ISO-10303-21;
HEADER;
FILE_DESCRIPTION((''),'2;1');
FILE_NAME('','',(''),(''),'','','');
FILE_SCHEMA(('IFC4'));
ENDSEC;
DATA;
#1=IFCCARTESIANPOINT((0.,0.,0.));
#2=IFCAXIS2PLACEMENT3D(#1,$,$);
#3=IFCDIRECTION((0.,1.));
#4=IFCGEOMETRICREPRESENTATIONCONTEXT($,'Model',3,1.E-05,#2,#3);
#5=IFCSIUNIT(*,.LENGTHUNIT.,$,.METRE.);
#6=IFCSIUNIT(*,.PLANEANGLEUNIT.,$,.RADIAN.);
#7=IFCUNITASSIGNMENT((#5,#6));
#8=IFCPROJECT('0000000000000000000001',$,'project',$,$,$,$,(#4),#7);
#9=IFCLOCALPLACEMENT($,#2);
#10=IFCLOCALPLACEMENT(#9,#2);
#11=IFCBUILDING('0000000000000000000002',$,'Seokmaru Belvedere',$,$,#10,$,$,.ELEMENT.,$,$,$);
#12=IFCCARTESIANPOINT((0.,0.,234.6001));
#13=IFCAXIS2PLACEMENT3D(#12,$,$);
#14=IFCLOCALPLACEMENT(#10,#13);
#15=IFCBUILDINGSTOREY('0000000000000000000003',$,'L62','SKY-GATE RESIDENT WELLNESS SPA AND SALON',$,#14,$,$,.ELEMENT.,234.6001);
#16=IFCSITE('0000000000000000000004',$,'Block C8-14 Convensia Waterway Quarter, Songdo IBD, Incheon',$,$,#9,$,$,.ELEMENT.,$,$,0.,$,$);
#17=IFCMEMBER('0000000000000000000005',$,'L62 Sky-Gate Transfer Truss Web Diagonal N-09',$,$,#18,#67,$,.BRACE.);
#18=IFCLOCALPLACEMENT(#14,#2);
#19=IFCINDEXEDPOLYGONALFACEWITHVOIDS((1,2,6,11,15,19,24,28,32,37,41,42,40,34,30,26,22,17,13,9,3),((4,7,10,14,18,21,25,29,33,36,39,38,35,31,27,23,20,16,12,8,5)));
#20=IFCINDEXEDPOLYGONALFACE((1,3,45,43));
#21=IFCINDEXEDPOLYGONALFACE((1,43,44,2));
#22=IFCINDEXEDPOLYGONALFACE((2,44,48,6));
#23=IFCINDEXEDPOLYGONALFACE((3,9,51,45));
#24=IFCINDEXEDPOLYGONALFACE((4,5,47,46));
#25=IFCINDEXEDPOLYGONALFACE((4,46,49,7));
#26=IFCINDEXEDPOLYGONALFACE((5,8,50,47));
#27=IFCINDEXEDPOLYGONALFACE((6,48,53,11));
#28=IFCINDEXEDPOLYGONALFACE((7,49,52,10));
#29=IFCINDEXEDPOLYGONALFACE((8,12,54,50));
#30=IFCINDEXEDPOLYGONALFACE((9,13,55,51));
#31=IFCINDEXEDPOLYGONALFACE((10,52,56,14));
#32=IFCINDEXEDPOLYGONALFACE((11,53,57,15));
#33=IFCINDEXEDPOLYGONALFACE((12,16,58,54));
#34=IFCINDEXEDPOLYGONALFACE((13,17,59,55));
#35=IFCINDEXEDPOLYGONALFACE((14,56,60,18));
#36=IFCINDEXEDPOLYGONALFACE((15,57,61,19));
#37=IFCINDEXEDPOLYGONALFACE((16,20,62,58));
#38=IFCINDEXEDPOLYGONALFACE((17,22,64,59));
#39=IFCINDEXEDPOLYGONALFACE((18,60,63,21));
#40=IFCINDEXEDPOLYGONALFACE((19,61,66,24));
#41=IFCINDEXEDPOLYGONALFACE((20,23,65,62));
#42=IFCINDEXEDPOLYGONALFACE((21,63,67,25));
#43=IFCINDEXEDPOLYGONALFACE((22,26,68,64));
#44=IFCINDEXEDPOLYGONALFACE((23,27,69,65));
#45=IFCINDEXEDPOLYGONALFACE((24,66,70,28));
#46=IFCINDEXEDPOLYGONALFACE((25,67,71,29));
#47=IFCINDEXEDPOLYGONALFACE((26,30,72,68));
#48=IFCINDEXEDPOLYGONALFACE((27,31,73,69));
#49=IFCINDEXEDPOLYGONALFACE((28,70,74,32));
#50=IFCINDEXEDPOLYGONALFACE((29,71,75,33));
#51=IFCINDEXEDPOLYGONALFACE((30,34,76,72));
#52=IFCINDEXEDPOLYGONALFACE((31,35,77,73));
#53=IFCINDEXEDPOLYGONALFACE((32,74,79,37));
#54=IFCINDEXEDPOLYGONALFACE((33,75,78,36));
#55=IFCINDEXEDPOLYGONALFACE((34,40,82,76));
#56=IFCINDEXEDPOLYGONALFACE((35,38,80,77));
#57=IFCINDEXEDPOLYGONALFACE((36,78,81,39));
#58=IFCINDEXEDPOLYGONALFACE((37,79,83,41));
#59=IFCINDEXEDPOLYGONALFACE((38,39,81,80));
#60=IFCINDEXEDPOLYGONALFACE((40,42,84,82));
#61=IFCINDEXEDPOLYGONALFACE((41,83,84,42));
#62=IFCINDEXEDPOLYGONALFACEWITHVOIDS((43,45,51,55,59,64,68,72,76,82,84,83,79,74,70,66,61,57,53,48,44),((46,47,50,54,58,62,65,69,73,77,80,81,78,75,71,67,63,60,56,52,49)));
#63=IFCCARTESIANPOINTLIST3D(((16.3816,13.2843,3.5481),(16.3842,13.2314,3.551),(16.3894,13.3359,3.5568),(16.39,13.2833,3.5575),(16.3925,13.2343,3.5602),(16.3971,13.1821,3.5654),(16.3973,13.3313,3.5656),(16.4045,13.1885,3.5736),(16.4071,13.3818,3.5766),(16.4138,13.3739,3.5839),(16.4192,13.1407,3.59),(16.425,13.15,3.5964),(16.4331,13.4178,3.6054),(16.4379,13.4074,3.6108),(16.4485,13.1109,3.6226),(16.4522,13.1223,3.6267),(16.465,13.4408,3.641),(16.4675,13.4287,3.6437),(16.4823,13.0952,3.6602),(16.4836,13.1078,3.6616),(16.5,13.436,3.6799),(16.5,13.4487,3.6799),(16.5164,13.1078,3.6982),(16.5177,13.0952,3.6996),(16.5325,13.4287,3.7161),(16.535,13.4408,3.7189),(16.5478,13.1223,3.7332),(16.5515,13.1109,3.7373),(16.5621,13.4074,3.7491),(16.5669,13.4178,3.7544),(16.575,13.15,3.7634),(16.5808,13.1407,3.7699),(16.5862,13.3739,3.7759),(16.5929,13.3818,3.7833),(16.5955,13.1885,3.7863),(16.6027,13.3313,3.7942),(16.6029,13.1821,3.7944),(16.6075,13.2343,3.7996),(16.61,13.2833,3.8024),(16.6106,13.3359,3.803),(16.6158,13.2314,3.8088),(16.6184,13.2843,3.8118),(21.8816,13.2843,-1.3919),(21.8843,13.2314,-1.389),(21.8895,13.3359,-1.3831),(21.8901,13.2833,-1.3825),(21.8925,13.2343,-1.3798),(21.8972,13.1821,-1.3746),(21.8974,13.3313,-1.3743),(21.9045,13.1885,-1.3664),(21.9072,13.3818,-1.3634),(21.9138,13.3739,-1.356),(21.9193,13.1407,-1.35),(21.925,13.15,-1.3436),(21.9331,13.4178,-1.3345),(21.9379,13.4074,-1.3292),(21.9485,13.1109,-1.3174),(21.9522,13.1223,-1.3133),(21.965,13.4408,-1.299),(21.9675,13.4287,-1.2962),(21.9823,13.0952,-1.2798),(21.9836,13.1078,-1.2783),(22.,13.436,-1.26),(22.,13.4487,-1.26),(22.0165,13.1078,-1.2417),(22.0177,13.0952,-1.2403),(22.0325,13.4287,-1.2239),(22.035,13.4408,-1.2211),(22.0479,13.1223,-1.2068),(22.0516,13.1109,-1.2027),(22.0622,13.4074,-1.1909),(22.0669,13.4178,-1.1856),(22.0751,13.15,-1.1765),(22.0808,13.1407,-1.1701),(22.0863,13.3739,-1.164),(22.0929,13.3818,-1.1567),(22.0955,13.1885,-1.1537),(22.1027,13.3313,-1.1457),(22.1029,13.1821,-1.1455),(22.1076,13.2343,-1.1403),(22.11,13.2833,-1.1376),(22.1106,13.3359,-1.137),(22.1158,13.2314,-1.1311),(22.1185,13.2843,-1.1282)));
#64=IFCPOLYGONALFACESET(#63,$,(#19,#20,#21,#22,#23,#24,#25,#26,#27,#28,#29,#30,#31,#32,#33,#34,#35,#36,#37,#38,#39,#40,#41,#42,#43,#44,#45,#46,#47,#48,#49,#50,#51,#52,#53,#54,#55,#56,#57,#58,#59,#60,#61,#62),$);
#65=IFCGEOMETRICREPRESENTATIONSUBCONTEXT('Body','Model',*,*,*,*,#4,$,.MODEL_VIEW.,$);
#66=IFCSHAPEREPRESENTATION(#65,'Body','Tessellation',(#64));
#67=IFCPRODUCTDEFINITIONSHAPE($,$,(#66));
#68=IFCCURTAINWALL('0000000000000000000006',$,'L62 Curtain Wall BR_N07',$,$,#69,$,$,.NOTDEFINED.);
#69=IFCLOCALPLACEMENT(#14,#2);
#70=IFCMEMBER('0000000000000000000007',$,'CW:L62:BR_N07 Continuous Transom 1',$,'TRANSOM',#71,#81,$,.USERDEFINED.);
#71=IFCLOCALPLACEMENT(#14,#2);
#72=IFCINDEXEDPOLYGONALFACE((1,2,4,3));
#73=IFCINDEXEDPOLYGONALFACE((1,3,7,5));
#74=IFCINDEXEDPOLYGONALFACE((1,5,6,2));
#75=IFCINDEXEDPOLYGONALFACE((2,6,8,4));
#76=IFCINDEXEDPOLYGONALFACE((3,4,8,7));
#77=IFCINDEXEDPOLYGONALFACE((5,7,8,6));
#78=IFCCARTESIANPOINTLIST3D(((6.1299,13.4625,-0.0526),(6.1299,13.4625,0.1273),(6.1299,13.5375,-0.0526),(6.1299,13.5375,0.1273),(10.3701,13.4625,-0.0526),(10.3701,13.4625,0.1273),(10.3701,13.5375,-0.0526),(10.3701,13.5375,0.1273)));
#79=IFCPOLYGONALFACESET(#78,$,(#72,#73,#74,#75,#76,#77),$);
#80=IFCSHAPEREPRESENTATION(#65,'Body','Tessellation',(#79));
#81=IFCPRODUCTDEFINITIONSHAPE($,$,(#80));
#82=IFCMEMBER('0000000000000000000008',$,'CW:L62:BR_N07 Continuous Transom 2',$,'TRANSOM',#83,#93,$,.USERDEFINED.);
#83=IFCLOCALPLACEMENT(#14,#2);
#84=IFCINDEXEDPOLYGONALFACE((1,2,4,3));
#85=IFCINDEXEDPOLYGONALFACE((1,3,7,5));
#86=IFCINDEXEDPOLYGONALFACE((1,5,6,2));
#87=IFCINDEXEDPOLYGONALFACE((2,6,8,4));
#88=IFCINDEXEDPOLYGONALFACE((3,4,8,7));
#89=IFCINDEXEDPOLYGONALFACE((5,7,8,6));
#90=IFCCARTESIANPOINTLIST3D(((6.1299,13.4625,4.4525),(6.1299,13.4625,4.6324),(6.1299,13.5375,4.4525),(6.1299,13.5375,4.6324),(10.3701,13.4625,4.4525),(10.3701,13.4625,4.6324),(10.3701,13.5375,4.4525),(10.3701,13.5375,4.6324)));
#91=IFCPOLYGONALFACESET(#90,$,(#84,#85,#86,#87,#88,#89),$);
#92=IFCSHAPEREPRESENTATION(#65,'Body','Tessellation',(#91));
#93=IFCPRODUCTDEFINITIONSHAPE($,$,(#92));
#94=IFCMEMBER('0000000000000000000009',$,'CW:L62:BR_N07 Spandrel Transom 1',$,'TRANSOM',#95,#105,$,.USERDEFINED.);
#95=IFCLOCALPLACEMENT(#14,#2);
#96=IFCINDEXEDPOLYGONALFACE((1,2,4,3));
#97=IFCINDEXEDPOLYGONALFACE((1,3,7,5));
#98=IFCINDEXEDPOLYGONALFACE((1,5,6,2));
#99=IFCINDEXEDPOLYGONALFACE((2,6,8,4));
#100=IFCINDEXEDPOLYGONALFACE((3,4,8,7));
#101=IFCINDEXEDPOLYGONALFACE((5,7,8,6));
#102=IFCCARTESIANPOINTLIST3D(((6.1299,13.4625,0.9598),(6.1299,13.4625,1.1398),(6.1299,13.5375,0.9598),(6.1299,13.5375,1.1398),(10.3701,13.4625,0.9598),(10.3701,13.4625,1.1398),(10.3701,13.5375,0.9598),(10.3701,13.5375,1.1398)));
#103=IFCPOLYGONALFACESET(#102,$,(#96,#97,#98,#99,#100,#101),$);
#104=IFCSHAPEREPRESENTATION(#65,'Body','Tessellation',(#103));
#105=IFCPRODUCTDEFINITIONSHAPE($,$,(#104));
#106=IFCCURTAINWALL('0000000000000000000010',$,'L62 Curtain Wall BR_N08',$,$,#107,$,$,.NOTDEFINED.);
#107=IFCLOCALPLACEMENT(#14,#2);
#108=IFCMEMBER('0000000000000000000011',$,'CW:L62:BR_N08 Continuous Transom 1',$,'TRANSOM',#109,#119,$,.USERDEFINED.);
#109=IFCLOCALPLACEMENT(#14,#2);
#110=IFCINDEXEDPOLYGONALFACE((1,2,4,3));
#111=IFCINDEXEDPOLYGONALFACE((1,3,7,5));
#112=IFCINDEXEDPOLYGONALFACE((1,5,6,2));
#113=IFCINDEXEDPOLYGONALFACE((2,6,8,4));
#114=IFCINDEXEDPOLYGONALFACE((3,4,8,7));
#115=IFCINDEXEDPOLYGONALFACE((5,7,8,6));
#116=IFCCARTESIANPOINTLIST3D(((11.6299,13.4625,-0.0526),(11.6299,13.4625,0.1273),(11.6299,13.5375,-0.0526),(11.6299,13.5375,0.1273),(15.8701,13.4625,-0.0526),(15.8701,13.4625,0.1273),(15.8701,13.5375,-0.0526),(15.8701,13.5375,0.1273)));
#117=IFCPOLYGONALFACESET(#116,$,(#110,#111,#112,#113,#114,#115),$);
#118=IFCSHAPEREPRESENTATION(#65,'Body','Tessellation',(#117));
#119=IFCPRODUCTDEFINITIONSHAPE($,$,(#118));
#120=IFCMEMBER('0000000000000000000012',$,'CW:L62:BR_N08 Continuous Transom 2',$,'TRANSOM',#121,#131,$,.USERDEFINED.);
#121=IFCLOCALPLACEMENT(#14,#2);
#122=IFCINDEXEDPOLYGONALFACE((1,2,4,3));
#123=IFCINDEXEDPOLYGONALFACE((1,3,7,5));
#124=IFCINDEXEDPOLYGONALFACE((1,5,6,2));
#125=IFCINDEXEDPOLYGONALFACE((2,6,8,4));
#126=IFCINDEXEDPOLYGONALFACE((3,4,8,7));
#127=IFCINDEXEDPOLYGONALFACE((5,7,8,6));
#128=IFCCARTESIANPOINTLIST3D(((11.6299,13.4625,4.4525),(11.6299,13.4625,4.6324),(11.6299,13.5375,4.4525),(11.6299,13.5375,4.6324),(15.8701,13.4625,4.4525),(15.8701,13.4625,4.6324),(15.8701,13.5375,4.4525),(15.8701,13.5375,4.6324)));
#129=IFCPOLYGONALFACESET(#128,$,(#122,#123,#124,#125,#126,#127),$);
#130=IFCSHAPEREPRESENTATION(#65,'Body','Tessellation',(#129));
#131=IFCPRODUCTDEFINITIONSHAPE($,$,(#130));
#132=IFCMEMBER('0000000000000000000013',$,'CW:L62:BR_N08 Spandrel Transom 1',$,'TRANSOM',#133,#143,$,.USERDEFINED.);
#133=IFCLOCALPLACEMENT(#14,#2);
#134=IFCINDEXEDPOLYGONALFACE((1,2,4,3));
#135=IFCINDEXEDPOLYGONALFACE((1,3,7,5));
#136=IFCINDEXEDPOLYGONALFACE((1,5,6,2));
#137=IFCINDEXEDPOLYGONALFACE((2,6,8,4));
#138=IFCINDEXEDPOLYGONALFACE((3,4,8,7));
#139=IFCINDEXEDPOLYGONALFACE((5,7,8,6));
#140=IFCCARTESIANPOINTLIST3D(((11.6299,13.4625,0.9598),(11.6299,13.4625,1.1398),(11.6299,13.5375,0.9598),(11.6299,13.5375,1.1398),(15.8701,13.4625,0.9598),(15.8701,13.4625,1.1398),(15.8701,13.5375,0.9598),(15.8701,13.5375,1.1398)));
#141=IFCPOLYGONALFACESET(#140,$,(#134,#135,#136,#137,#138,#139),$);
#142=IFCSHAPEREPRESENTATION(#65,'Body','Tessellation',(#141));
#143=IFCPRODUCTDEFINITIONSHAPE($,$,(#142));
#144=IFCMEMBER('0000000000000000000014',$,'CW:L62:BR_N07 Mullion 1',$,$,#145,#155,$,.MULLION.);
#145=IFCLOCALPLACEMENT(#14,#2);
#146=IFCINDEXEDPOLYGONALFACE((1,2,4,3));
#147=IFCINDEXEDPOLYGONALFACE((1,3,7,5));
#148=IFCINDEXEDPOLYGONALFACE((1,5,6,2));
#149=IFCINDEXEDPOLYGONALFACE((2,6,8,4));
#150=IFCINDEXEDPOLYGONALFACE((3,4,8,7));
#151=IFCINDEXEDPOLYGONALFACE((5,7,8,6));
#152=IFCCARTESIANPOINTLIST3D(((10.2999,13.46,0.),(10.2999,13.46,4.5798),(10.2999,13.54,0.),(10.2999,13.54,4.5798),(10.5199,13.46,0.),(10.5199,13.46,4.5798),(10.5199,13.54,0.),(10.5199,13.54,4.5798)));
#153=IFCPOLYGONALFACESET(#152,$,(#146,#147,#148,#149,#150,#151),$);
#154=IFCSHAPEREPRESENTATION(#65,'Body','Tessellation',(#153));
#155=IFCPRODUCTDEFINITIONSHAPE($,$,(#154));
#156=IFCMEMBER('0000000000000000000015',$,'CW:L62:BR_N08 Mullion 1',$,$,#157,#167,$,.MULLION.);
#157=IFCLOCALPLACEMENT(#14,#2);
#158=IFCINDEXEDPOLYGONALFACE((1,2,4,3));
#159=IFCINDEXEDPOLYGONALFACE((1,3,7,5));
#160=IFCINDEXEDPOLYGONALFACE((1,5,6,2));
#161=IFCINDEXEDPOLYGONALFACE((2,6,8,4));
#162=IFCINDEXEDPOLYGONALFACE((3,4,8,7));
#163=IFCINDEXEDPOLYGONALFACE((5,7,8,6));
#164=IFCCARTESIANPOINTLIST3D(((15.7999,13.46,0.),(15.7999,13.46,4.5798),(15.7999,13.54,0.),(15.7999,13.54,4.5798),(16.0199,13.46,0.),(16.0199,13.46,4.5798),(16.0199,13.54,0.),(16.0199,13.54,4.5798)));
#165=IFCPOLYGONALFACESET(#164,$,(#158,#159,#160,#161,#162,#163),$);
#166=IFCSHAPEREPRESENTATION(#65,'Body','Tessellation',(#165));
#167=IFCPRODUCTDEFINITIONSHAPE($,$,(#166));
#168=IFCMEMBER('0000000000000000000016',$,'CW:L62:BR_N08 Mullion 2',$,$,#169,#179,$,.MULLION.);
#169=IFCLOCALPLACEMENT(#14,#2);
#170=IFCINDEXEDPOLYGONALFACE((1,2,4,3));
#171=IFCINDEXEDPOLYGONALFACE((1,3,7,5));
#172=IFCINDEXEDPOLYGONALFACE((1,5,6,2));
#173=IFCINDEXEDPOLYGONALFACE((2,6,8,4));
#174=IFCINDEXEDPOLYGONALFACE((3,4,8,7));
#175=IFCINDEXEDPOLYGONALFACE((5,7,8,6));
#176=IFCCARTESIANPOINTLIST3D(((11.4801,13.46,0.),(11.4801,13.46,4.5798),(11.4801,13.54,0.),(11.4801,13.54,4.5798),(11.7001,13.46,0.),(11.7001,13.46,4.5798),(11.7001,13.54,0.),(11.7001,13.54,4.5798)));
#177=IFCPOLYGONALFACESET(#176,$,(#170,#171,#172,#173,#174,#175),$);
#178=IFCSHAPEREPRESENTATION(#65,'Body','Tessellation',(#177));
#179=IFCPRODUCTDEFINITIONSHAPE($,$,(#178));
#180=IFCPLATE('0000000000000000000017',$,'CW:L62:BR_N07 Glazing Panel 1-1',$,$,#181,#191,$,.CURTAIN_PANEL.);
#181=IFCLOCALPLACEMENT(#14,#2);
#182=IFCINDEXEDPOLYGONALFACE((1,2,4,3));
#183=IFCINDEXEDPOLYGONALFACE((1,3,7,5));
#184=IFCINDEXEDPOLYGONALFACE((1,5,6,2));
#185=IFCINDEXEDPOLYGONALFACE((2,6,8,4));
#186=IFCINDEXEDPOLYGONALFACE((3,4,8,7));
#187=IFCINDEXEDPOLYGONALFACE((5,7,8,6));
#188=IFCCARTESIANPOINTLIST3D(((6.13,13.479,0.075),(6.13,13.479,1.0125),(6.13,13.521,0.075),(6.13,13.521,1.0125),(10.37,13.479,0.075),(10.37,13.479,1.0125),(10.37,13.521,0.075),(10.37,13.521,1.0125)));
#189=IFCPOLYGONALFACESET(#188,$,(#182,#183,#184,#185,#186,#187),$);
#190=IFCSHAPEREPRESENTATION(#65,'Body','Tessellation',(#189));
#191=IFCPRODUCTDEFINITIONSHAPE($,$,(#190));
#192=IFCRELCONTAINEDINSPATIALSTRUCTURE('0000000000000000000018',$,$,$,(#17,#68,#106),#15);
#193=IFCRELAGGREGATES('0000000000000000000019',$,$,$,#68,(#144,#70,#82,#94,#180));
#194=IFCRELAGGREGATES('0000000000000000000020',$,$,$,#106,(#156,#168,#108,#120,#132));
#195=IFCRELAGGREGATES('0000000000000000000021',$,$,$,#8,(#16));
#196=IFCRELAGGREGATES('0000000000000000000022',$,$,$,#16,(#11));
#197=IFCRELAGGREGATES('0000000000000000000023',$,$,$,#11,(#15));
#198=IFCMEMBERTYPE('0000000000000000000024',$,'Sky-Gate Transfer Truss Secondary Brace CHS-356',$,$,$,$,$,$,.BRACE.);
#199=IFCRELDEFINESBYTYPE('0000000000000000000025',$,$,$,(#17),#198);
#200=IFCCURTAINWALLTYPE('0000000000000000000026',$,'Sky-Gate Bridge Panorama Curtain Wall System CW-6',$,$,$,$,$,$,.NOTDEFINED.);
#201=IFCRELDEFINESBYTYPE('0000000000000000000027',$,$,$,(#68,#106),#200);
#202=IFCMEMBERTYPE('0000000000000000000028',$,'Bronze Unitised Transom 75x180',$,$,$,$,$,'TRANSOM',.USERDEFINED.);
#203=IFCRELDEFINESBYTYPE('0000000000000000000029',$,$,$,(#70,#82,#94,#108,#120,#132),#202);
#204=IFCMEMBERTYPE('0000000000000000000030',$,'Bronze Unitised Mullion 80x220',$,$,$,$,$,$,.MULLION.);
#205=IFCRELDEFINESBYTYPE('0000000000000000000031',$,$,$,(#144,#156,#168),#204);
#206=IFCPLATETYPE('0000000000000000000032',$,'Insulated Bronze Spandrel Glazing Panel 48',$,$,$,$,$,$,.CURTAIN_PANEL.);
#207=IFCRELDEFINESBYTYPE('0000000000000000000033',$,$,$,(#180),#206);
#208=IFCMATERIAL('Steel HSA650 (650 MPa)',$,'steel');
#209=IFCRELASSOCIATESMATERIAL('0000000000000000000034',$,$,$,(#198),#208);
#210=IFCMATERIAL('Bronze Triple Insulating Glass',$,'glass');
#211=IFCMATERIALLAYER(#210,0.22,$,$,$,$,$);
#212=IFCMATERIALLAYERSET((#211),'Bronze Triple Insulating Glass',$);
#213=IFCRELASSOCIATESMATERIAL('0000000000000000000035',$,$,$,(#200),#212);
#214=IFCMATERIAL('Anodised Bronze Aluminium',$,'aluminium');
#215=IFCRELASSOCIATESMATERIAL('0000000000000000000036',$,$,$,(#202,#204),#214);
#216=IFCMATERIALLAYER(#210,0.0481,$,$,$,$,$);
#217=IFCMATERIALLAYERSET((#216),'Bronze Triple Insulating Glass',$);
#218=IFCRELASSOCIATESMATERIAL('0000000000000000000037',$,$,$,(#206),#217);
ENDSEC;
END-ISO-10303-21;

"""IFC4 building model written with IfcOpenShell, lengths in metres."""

from ifc_helpers import new_model, si_unit, direction, frame, origin, origin_2d, place, context, subcontext, project, spatial, rectangle, hollow_circle, extrude, source, transform, mapped, material, layer, layer_set, material_profile, profile_set, type_object, type_shapes, element, aggregate, save


model = new_model("IFC4")

# Units and contexts
model_context = context("Model", 3, precision=1e-05, world=origin(), true_north=direction((0.0, 1.0)))
body_context = subcontext(model_context, "Body", "Model", "MODEL_VIEW")
ifc_project = project(units=[si_unit("LENGTHUNIT", "METRE"), si_unit("PLANEANGLEUNIT", "RADIAN")], contexts=[model_context])

# Site, building, storey
site_placement = place(None, origin())
site = spatial("IfcSite", under=ifc_project, at=site_placement, Name="Block C8-14 Convensia Waterway Quarter, Songdo IBD, Incheon", CompositionType="ELEMENT", RefElevation=0.0)
building_placement = place(site_placement, origin())
building = spatial("IfcBuilding", under=site, at=building_placement, Name="Seokmaru Belvedere", CompositionType="ELEMENT")
storey_placement = place(building_placement, frame((0.0, 0.0, 234.6001)))
storey = spatial("IfcBuildingStorey", under=building, at=storey_placement, Name="L62", Description="SKY-GATE RESIDENT WELLNESS SPA AND SALON", CompositionType="ELEMENT", Elevation=234.6001)

# Shared definitions
ifc_material_1 = material(Name="Steel HSA650 (650 MPa)", Category="steel")

# Member
ifc_material_profile_1 = material_profile(ifc_material_1, hollow_circle(Radius=0.1777, WallThickness=0.0127, at=origin_2d()), Name="CHS-355.6x12.7")
ifc_profile_set_1 = profile_set([ifc_material_profile_1], Name="Steel HSA650 (650 MPa)")
member_type_1 = type_object("IfcMemberType", Name="Sky-Gate Transfer Truss Secondary Brace CHS-356", PredefinedType="BRACE", material=ifc_profile_set_1)
shared_shape_1 = source(origin(), body_context, "Body", "SweptSolid", [
    extrude(hollow_circle(Radius=0.1777, WallThickness=0.0127, at=origin_2d()), origin(), (0.0, 0.0, 1.0), 7.3928),
])
type_shapes(member_type_1, [shared_shape_1])
for number, where, z_axis, x_axis, name in (
    (1, (16.5, 13.271, 3.6799), (0.74397, 0.0, -0.668213), (0.0, 1.0, 0.0), "L62 Sky-Gate Transfer Truss Web Diagonal N-09"),
):
    element("IfcMember", number, at=place(storey_placement, frame(where, z_axis=z_axis, x_axis=x_axis)), inside=storey, type_object=member_type_1, Name=name, PredefinedType="BRACE", context=body_context, shape_type="MappedRepresentation", body=[
        mapped(shared_shape_1, transform((0.0, 0.0, 0.0), scale=1.0)),
    ])

# Curtain walls, members
ifc_material_2 = material(Name="Bronze Triple Insulating Glass", Category="glass")
ifc_layer_1 = layer(ifc_material_2, 0.22)
ifc_layer_set_1 = layer_set([ifc_layer_1], Name="Bronze Triple Insulating Glass")
curtain_wall_type = type_object("IfcCurtainWallType", Name="Sky-Gate Bridge Panorama Curtain Wall System CW-6", PredefinedType="NOTDEFINED", material=ifc_layer_set_1)
curtain_wall_1_placement = place(storey_placement, origin())
curtain_wall_1 = element("IfcCurtainWall", 2, at=curtain_wall_1_placement, inside=storey, type_object=curtain_wall_type, Name="L62 Curtain Wall BR_N07", PredefinedType="NOTDEFINED")
ifc_material_3 = material(Name="Anodised Bronze Aluminium", Category="aluminium")
ifc_material_profile_2 = material_profile(ifc_material_3, rectangle(XDim=0.075, YDim=0.1799, at=origin_2d()), Name="CW-T-75x180")
ifc_profile_set_2 = profile_set([ifc_material_profile_2], Name="Anodised Bronze Aluminium")
member_type_2 = type_object("IfcMemberType", Name="Bronze Unitised Transom 75x180", ElementType="TRANSOM", PredefinedType="USERDEFINED", material=ifc_profile_set_2)
shared_shape_2 = source(origin(), body_context, "Body", "SweptSolid", [
    extrude(rectangle(XDim=0.075, YDim=0.1799, at=origin_2d()), origin(), (0.0, 0.0, 1.0), 4.2402),
])
type_shapes(member_type_2, [shared_shape_2])
member_1_placement = place(storey_placement, frame((10.3701, 13.5, 0.0374), z_axis=(-1.0, 0.0, 0.0), x_axis=(0.0, -1.0, 0.0)))
member_1 = element("IfcMember", 3, at=member_1_placement, type_object=member_type_2, Name="CW:L62:BR_N07 Continuous Transom 1", ObjectType="TRANSOM", PredefinedType="USERDEFINED", context=body_context, shape_type="MappedRepresentation", body=[
    mapped(shared_shape_2, transform((0.0, 0.0, 0.0), scale=1.0)),
])
member_2_placement = place(storey_placement, frame((10.3701, 13.5, 4.5425), z_axis=(-1.0, 0.0, 0.0), x_axis=(0.0, -1.0, 0.0)))
member_2 = element("IfcMember", 4, at=member_2_placement, type_object=member_type_2, Name="CW:L62:BR_N07 Continuous Transom 2", ObjectType="TRANSOM", PredefinedType="USERDEFINED", context=body_context, shape_type="MappedRepresentation", body=[
    mapped(shared_shape_2, transform((0.0, 0.0, 0.0), scale=1.0)),
])
member_3_placement = place(storey_placement, frame((10.3701, 13.5, 1.0498), z_axis=(-1.0, 0.0, 0.0), x_axis=(0.0, -1.0, 0.0)))
member_3 = element("IfcMember", 5, at=member_3_placement, type_object=member_type_2, Name="CW:L62:BR_N07 Spandrel Transom 1", ObjectType="TRANSOM", PredefinedType="USERDEFINED", context=body_context, shape_type="MappedRepresentation", body=[
    mapped(shared_shape_2, transform((0.0, 0.0, 0.0), scale=1.0)),
])
curtain_wall_2_placement = place(storey_placement, origin())
curtain_wall_2 = element("IfcCurtainWall", 6, at=curtain_wall_2_placement, inside=storey, type_object=curtain_wall_type, Name="L62 Curtain Wall BR_N08", PredefinedType="NOTDEFINED")
member_4_placement = place(storey_placement, frame((15.8701, 13.5, 0.0374), z_axis=(-1.0, 0.0, 0.0), x_axis=(0.0, -1.0, 0.0)))
member_4 = element("IfcMember", 7, at=member_4_placement, type_object=member_type_2, Name="CW:L62:BR_N08 Continuous Transom 1", ObjectType="TRANSOM", PredefinedType="USERDEFINED", context=body_context, shape_type="MappedRepresentation", body=[
    mapped(shared_shape_2, transform((0.0, 0.0, 0.0), scale=1.0)),
])
member_5_placement = place(storey_placement, frame((15.8701, 13.5, 4.5425), z_axis=(-1.0, 0.0, 0.0), x_axis=(0.0, -1.0, 0.0)))
member_5 = element("IfcMember", 8, at=member_5_placement, type_object=member_type_2, Name="CW:L62:BR_N08 Continuous Transom 2", ObjectType="TRANSOM", PredefinedType="USERDEFINED", context=body_context, shape_type="MappedRepresentation", body=[
    mapped(shared_shape_2, transform((0.0, 0.0, 0.0), scale=1.0)),
])
member_6_placement = place(storey_placement, frame((15.8701, 13.5, 1.0498), z_axis=(-1.0, 0.0, 0.0), x_axis=(0.0, -1.0, 0.0)))
member_6 = element("IfcMember", 9, at=member_6_placement, type_object=member_type_2, Name="CW:L62:BR_N08 Spandrel Transom 1", ObjectType="TRANSOM", PredefinedType="USERDEFINED", context=body_context, shape_type="MappedRepresentation", body=[
    mapped(shared_shape_2, transform((0.0, 0.0, 0.0), scale=1.0)),
])

# Members
ifc_material_profile_3 = material_profile(ifc_material_3, rectangle(XDim=0.0801, YDim=0.22, at=origin_2d()), Name="CW-M-80x220")
ifc_profile_set_3 = profile_set([ifc_material_profile_3], Name="Anodised Bronze Aluminium")
member_type_3 = type_object("IfcMemberType", Name="Bronze Unitised Mullion 80x220", PredefinedType="MULLION", material=ifc_profile_set_3)
shared_shape_3 = source(origin(), body_context, "Body", "SweptSolid", [
    extrude(rectangle(XDim=0.0801, YDim=0.22, at=origin_2d()), origin(), (0.0, 0.0, 1.0), 4.5798),
])
type_shapes(member_type_3, [shared_shape_3])
member_7_placement = place(storey_placement, frame((10.4099, 13.5, 0.0), z_axis=(0.0, 0.0, 1.0), x_axis=(0.0, -1.0, 0.0)))
member_7 = element("IfcMember", 10, at=member_7_placement, type_object=member_type_3, Name="CW:L62:BR_N07 Mullion 1", PredefinedType="MULLION", context=body_context, shape_type="MappedRepresentation", body=[
    mapped(shared_shape_3, transform((0.0, 0.0, 0.0), scale=1.0)),
])
member_8_placement = place(storey_placement, frame((15.9099, 13.5, 0.0), z_axis=(0.0, 0.0, 1.0), x_axis=(0.0, -1.0, 0.0)))
member_8 = element("IfcMember", 11, at=member_8_placement, type_object=member_type_3, Name="CW:L62:BR_N08 Mullion 1", PredefinedType="MULLION", context=body_context, shape_type="MappedRepresentation", body=[
    mapped(shared_shape_3, transform((0.0, 0.0, 0.0), scale=1.0)),
])
member_9_placement = place(storey_placement, frame((11.5901, 13.5, 0.0), z_axis=(0.0, 0.0, 1.0), x_axis=(0.0, -1.0, 0.0)))
member_9 = element("IfcMember", 12, at=member_9_placement, type_object=member_type_3, Name="CW:L62:BR_N08 Mullion 2", PredefinedType="MULLION", context=body_context, shape_type="MappedRepresentation", body=[
    mapped(shared_shape_3, transform((0.0, 0.0, 0.0), scale=1.0)),
])

# Plate
ifc_layer_2 = layer(ifc_material_2, 0.0481)
ifc_layer_set_2 = layer_set([ifc_layer_2], Name="Bronze Triple Insulating Glass")
plate_type_1 = type_object("IfcPlateType", Name="Insulated Bronze Spandrel Glazing Panel 48", PredefinedType="CURTAIN_PANEL", material=ifc_layer_set_2)
shared_shape_4 = source(origin(), body_context, "Body", "SweptSolid", [
    extrude(rectangle(XDim=4.24, YDim=0.042, at=origin_2d()), origin(), (0.0, 0.0, 1.0), 0.9375),
])
type_shapes(plate_type_1, [shared_shape_4])
plate_1_placement = place(storey_placement, frame((8.25, 13.5, 0.075), z_axis=(0.0, 0.0, 1.0), x_axis=(-1.0, 0.0, 0.0)))
plate_1 = element("IfcPlate", 13, at=plate_1_placement, type_object=plate_type_1, Name="CW:L62:BR_N07 Glazing Panel 1-1", PredefinedType="CURTAIN_PANEL", context=body_context, shape_type="MappedRepresentation", body=[
    mapped(shared_shape_4, transform((0.0, 0.0, 0.0), scale=1.0)),
])
aggregate(curtain_wall_1, [member_7, member_1, member_2, member_3, plate_1])
aggregate(curtain_wall_2, [member_8, member_9, member_4, member_5, member_6])

save(model, "model.ifc")
